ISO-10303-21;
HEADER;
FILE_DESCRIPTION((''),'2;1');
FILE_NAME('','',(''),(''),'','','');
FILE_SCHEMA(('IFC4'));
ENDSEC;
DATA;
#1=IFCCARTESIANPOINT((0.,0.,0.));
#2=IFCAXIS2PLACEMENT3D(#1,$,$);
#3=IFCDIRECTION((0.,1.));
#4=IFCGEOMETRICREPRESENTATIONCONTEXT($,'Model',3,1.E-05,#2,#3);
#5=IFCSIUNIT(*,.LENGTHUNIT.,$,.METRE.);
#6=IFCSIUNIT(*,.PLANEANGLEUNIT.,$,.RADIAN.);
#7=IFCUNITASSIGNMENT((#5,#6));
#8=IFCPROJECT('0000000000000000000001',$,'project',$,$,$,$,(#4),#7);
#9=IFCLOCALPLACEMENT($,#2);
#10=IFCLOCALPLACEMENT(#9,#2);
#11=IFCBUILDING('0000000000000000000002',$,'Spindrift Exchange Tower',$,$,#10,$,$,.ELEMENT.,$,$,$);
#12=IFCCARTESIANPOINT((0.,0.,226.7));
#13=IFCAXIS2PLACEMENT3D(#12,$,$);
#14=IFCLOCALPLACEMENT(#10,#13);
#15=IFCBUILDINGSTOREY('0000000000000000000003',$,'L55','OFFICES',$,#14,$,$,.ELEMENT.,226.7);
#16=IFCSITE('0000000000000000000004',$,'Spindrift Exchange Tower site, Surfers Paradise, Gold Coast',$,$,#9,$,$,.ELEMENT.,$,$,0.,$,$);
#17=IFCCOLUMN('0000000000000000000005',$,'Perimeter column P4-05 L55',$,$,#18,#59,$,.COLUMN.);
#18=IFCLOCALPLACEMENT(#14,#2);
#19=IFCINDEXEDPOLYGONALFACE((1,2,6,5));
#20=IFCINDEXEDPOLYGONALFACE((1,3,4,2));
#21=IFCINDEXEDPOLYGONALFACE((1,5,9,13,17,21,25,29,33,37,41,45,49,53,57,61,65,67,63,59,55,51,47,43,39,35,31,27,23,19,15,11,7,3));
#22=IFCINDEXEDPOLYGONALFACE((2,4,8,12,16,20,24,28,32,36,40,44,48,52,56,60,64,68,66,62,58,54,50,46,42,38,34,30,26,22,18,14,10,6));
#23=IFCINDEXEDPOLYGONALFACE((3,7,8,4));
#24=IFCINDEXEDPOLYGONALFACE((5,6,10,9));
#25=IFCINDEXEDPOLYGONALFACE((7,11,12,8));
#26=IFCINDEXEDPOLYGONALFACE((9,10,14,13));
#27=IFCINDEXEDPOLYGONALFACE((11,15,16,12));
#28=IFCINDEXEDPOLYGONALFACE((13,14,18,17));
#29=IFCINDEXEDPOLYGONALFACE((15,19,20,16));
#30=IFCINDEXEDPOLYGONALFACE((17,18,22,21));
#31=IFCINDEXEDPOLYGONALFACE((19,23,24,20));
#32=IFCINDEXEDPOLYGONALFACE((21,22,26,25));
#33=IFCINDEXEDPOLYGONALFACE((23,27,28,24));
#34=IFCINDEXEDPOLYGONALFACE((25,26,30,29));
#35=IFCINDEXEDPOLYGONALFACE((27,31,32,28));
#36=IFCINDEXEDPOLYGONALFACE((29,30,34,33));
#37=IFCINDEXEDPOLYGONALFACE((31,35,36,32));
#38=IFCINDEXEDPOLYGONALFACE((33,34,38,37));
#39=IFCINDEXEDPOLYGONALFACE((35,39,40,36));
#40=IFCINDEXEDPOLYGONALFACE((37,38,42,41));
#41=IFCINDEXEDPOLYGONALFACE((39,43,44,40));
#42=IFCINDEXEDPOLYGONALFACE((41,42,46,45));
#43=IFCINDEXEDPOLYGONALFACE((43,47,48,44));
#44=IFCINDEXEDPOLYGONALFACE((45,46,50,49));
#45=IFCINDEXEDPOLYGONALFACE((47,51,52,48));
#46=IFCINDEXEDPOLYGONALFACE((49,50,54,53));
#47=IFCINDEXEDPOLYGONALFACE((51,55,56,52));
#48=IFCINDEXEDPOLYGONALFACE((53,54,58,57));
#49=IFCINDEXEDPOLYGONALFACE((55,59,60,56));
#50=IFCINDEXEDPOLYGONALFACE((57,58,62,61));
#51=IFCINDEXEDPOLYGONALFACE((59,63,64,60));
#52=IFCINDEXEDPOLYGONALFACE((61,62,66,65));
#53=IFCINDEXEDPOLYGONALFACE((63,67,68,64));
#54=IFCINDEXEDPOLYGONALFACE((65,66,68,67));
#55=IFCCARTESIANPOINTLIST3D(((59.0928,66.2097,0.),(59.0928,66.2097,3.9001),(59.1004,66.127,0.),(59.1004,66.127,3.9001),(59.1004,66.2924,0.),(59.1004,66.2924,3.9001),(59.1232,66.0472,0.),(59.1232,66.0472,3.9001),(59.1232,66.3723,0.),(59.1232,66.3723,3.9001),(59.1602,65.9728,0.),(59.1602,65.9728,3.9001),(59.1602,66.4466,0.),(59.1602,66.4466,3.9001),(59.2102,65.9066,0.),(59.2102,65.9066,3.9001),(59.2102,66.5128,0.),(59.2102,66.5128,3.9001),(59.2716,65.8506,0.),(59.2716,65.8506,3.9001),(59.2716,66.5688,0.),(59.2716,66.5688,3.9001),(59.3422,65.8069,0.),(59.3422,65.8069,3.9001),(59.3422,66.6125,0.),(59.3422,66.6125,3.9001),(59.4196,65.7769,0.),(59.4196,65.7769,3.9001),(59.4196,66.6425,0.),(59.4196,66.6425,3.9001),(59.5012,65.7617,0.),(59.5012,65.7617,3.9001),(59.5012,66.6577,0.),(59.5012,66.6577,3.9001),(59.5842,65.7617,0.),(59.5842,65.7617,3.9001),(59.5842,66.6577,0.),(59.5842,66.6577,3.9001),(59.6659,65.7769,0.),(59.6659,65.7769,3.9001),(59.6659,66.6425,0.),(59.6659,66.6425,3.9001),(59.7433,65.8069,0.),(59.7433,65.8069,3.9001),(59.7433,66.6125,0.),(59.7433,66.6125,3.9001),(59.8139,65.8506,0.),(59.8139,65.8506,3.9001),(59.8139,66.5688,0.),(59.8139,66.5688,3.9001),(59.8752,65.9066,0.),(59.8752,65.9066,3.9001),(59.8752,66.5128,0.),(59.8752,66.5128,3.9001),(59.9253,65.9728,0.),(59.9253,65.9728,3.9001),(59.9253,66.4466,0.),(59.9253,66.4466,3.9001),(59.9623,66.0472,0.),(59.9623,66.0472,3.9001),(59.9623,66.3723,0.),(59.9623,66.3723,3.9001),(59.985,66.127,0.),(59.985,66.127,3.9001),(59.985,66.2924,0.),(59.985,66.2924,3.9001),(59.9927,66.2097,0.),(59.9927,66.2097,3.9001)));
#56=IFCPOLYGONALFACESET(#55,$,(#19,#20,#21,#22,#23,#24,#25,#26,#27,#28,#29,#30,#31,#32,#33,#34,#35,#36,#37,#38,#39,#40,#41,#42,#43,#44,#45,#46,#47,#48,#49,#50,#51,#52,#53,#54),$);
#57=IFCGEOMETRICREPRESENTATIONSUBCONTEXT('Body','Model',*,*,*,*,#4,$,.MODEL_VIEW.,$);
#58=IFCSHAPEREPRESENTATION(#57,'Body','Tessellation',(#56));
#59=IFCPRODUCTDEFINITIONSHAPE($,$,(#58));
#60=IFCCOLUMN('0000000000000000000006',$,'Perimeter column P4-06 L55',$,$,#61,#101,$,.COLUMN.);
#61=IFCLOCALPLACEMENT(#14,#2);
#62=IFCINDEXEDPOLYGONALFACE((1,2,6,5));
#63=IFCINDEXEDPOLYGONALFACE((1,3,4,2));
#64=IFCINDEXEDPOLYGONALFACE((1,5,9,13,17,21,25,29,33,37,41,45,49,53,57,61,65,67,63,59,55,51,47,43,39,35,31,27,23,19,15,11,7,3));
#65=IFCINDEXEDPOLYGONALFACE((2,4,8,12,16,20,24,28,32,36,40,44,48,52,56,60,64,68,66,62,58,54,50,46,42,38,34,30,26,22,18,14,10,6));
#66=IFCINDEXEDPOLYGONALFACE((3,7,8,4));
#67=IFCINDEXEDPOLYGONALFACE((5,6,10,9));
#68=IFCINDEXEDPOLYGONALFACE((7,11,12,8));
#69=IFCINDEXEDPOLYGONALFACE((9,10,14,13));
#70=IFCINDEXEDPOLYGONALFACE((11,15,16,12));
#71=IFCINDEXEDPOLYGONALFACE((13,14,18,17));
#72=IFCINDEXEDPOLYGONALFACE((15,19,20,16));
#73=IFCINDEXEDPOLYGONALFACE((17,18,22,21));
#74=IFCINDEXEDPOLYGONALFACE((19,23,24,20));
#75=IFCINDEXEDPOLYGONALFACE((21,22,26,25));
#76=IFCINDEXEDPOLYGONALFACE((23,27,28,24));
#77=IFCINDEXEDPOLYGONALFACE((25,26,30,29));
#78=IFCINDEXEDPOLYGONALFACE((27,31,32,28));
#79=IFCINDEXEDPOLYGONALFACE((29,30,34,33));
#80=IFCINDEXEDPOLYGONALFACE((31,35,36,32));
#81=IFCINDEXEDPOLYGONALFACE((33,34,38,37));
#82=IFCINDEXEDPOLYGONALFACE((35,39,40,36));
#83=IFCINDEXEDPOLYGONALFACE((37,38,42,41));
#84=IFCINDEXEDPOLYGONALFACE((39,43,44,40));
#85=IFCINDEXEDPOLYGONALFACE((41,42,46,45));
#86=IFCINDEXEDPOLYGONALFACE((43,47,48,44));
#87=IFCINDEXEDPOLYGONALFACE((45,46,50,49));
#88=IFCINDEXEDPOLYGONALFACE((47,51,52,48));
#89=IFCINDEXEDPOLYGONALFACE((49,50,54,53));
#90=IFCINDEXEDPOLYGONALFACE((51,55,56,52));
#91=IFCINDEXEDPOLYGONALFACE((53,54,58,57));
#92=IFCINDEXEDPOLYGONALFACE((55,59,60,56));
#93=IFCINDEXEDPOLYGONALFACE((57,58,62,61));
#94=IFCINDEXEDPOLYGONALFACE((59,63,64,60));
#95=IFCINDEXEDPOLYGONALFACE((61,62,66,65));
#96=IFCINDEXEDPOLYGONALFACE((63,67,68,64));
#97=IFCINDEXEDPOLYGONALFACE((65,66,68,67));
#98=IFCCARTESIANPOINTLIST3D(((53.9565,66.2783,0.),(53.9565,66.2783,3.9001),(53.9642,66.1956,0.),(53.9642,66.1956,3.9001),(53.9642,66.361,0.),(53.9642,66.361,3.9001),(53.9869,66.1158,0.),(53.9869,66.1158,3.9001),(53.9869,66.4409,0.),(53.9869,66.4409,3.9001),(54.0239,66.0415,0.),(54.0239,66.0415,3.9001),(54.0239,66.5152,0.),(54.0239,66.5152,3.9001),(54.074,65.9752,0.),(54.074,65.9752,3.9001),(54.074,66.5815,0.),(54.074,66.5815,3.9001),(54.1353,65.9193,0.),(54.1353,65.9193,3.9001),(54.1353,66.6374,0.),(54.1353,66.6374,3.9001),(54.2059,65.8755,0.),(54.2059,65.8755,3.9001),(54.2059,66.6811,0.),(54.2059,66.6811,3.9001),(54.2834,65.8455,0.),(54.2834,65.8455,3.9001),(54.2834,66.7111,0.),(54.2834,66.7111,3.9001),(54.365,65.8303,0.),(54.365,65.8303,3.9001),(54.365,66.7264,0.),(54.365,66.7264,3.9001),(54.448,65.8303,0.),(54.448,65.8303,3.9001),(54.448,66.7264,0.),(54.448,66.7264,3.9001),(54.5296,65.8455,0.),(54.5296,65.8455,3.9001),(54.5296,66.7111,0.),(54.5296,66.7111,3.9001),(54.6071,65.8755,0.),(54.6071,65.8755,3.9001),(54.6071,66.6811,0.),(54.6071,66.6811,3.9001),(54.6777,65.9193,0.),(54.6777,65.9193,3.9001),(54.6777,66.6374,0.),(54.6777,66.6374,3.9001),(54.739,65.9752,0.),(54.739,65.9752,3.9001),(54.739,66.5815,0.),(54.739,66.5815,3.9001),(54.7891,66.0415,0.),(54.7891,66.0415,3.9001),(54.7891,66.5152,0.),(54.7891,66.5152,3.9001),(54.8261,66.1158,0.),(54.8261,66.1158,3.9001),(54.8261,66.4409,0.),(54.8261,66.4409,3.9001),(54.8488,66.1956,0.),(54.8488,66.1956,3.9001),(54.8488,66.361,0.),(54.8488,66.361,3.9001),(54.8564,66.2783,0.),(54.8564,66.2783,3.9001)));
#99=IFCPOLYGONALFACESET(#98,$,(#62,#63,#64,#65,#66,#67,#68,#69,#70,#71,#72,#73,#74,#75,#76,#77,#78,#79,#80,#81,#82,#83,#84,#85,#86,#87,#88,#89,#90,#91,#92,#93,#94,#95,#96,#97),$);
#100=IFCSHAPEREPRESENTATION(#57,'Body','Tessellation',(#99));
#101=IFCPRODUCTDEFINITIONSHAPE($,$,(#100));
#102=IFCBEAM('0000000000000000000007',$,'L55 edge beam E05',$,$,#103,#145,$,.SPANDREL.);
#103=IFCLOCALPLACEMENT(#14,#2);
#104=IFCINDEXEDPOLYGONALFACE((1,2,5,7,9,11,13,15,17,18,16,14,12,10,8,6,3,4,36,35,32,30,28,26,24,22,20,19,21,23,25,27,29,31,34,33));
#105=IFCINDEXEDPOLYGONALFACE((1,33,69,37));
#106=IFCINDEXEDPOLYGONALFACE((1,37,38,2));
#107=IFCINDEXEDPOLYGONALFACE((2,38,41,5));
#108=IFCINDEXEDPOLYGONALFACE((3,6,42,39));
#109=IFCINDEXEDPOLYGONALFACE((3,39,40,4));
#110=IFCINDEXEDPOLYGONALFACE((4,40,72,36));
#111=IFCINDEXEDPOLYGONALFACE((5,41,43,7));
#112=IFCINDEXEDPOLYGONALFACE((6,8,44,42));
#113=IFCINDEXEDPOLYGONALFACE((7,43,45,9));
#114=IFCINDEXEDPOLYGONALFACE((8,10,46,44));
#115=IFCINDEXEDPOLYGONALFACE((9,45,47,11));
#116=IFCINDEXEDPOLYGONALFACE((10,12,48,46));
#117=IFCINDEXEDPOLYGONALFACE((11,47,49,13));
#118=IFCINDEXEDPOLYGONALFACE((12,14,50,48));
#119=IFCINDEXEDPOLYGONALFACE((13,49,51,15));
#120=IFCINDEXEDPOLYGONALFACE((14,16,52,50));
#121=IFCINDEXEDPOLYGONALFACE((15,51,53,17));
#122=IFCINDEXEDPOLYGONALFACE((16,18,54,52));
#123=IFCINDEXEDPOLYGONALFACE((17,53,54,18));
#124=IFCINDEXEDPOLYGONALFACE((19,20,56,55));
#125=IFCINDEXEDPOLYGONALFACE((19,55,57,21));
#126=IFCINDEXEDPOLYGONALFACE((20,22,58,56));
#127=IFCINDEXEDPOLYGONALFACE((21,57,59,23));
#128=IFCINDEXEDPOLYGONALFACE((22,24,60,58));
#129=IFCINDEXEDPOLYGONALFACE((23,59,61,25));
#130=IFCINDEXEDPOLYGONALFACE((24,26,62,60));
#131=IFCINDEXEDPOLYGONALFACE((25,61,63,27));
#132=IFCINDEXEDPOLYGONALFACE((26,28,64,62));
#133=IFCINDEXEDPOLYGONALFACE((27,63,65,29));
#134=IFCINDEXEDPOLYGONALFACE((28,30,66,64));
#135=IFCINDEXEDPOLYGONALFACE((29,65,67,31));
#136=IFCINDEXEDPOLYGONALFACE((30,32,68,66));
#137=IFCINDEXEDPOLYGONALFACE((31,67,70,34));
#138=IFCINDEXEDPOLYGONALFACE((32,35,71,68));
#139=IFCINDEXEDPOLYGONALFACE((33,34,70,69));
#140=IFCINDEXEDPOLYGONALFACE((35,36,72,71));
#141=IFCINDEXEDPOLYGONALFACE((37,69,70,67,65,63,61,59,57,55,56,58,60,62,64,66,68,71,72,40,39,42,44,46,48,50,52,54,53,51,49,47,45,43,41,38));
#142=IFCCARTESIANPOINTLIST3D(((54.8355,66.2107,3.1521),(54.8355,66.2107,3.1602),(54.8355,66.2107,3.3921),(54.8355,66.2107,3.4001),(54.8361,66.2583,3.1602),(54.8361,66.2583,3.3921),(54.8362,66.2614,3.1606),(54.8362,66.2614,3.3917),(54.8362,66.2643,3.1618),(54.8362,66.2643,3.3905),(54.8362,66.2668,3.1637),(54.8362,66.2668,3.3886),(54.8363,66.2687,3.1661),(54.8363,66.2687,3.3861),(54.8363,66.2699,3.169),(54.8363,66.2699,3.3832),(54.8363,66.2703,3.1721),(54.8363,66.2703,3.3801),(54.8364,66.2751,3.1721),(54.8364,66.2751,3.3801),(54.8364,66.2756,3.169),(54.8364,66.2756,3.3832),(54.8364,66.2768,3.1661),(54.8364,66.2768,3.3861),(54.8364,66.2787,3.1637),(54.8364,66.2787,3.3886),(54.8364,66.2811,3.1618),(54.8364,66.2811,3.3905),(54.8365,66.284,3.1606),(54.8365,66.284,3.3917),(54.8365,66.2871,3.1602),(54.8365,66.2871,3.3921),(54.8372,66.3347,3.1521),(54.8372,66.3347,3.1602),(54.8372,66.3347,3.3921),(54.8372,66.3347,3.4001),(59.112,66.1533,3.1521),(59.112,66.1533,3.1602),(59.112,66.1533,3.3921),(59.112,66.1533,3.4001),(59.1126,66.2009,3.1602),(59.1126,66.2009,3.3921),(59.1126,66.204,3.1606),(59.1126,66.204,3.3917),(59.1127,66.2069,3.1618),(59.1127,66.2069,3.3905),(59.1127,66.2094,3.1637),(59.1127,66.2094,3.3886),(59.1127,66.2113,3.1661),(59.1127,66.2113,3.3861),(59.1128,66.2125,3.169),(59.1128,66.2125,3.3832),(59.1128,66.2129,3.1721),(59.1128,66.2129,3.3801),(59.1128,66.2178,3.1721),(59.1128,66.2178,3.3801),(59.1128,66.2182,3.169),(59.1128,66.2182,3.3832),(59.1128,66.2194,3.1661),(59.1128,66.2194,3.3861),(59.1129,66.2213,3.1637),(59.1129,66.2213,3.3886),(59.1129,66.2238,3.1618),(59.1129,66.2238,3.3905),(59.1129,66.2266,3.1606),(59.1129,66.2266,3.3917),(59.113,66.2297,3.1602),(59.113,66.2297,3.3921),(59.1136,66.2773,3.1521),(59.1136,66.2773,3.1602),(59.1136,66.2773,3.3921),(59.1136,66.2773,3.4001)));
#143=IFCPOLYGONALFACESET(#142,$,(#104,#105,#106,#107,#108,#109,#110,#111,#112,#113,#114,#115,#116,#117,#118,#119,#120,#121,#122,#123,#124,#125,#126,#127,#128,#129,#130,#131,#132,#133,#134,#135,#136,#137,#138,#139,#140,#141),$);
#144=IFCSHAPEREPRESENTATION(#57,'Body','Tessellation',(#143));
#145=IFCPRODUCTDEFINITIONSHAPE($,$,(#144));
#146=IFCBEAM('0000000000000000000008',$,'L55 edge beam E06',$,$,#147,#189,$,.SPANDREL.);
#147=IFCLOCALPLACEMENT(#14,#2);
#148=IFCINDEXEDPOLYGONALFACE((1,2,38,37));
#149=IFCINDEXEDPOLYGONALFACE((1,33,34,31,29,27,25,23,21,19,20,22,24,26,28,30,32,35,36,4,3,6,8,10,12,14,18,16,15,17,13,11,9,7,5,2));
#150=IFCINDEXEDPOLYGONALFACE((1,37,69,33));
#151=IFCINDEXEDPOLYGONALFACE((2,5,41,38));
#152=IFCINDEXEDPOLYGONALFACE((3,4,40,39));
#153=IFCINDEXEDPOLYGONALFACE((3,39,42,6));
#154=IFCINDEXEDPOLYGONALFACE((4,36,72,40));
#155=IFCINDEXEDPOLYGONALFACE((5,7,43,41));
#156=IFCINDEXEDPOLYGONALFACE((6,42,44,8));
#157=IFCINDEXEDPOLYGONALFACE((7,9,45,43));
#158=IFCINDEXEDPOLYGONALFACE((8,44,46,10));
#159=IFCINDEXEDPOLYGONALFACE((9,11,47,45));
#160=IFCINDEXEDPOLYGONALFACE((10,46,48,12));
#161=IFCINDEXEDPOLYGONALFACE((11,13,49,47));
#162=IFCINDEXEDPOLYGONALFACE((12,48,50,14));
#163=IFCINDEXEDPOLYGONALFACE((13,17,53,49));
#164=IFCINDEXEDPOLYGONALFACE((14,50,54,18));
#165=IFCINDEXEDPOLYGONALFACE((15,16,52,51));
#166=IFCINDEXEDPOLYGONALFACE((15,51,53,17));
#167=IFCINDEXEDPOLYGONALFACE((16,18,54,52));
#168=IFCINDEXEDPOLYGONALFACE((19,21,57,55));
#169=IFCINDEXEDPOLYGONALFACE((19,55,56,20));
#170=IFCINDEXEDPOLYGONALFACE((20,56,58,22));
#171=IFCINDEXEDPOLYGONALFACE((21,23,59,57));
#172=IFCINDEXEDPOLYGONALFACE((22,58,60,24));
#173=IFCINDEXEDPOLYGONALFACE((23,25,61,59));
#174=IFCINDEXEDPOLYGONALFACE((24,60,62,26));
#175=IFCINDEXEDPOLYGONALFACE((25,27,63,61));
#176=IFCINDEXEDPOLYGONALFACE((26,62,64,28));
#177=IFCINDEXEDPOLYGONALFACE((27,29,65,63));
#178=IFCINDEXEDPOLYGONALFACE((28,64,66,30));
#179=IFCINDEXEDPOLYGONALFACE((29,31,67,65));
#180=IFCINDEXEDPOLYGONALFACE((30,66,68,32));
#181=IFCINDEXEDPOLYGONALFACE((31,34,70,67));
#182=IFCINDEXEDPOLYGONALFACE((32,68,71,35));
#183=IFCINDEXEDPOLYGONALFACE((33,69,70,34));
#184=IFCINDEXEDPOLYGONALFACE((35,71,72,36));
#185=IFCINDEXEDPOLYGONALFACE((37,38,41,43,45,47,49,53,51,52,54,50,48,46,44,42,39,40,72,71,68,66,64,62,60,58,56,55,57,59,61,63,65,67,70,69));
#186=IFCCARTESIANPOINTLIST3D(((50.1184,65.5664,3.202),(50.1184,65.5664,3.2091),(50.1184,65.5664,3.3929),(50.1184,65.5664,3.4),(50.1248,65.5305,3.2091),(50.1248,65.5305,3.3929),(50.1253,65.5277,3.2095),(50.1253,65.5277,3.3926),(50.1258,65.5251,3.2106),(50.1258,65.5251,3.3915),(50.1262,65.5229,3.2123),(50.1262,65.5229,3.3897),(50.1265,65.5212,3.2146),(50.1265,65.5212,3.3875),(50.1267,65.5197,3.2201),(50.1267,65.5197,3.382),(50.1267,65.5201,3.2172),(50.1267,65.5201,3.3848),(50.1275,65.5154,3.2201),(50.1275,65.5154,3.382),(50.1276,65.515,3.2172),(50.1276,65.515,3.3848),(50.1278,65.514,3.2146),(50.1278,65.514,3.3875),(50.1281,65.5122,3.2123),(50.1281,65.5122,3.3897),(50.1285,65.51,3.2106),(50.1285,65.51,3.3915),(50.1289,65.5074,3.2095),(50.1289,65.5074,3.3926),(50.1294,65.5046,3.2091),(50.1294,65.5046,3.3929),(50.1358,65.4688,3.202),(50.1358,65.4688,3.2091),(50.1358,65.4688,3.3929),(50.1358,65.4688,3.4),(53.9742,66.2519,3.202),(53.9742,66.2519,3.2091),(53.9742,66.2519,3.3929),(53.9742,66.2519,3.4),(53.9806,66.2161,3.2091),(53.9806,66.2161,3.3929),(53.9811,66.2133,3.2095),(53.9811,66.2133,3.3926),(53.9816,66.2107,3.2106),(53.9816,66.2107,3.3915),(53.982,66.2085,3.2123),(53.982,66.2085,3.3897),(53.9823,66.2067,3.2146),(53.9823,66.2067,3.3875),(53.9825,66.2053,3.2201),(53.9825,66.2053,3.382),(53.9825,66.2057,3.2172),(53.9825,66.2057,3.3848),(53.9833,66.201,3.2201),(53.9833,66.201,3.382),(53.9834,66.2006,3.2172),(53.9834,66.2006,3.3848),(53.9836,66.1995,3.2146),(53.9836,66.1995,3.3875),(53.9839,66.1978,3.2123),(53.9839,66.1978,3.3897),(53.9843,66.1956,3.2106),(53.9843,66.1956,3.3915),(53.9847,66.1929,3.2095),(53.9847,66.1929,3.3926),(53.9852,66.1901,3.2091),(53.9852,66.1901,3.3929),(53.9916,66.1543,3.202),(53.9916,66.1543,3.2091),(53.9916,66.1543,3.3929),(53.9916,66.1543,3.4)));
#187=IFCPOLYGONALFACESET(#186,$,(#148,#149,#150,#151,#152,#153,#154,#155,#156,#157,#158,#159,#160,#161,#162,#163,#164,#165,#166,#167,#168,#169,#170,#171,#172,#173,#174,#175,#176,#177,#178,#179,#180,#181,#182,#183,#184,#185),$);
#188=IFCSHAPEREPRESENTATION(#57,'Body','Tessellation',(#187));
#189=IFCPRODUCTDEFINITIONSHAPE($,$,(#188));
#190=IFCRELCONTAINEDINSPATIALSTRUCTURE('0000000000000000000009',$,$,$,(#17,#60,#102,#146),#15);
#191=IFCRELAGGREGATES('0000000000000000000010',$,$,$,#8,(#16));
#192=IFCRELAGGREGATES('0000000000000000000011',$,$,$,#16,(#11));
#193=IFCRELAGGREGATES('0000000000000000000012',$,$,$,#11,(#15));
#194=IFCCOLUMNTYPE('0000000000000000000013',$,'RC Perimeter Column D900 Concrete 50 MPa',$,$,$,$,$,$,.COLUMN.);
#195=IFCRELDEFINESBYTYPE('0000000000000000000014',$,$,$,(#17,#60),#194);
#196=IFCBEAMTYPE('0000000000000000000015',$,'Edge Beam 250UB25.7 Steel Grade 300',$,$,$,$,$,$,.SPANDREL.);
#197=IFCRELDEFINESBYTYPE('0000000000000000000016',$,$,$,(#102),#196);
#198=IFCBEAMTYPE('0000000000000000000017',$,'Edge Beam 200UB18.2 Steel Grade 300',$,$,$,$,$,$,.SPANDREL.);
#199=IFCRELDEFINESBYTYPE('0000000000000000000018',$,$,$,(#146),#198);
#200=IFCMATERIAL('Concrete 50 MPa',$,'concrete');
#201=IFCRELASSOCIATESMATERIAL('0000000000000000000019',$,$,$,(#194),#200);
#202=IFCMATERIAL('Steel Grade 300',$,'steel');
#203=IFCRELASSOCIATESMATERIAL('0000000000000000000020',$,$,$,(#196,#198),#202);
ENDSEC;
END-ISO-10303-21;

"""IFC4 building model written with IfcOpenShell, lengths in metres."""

from ifc_helpers import new_model, si_unit, direction, frame, origin, origin_2d, place, context, subcontext, project, spatial, circle, i_section, extrude, source, transform, mapped, material, material_profile, profile_set, type_object, element, save


model = new_model("IFC4")

# Units and contexts
model_context = context("Model", 3, precision=1e-05, world=origin(), true_north=direction((0.0, 1.0)))
body_context = subcontext(model_context, "Body", "Model", "MODEL_VIEW")
ifc_project = project(units=[si_unit("LENGTHUNIT", "METRE"), si_unit("PLANEANGLEUNIT", "RADIAN")], contexts=[model_context])

# Site, building, storey
site_placement = place(None, origin())
site = spatial("IfcSite", under=ifc_project, at=site_placement, Name="Spindrift Exchange Tower site, Surfers Paradise, Gold Coast", CompositionType="ELEMENT", RefElevation=0.0)
building_placement = place(site_placement, origin())
building = spatial("IfcBuilding", under=site, at=building_placement, Name="Spindrift Exchange Tower", CompositionType="ELEMENT")
storey_placement = place(building_placement, frame((0.0, 0.0, 226.7)))
storey = spatial("IfcBuildingStorey", under=building, at=storey_placement, Name="L55", Description="OFFICES", CompositionType="ELEMENT", Elevation=226.7)

# Columns
ifc_material_1 = material(Name="Concrete 50 MPa", Category="concrete")
ifc_material_profile_1 = material_profile(ifc_material_1, circle(Radius=0.45, at=origin_2d()), Name="RC D900")
ifc_profile_set_1 = profile_set([ifc_material_profile_1], Name="Concrete 50 MPa")
column_type = type_object("IfcColumnType", Name="RC Perimeter Column D900 Concrete 50 MPa", PredefinedType="COLUMN", material=ifc_profile_set_1)
shared_shape_1 = source(origin(), body_context, "Body", "SweptSolid", [
    extrude(circle(Radius=0.45, at=origin_2d()), origin(), (0.0, 0.0, 1.0), 3.9001),
])
for number, where, z_axis, x_axis, name in (
    (1, (59.5427, 66.2097, 0.0), (0.0, 0.0, 1.0), (1.0, 0.0, 0.0), "Perimeter column P4-05 L55"),
    (2, (54.4065, 66.2783, 0.0), (0.0, 0.0, 1.0), (1.0, 0.0, 0.0), "Perimeter column P4-06 L55"),
):
    element("IfcColumn", number, at=place(storey_placement, frame(where, z_axis=z_axis, x_axis=x_axis)), inside=storey, type_object=column_type, Name=name, PredefinedType="COLUMN", context=body_context, shape_type="MappedRepresentation", body=[
        mapped(shared_shape_1, transform((0.0, 0.0, 0.0), scale=1.0)),
    ])

# Beams
ifc_material_2 = material(Name="Steel Grade 300", Category="steel")
ifc_material_profile_2 = material_profile(ifc_material_2, i_section(OverallWidth=0.124, OverallDepth=0.248, WebThickness=0.0049, FlangeThickness=0.0081, FilletRadius=0.012, at=origin_2d()), Name="250UB25.7")
ifc_profile_set_2 = profile_set([ifc_material_profile_2], Name="Steel Grade 300")
beam_type_1 = type_object("IfcBeamType", Name="Edge Beam 250UB25.7 Steel Grade 300", PredefinedType="SPANDREL", material=ifc_profile_set_2)
shared_shape_2 = source(origin(), body_context, "Body", "SweptSolid", [
    extrude(i_section(OverallWidth=0.124, OverallDepth=0.248, WebThickness=0.0049, FlangeThickness=0.0081, FilletRadius=0.012, at=origin_2d()), origin(), (0.0, 0.0, 1.0), 4.2769),
])
beam_1_placement = place(storey_placement, frame((59.1128, 66.2153, 3.2761), z_axis=(-0.99991, 0.013415, 0.0), x_axis=(-0.013415, -0.99991, 0.0)))
element("IfcBeam", 3, at=beam_1_placement, inside=storey, type_object=beam_type_1, Name="L55 edge beam E05", PredefinedType="SPANDREL", context=body_context, shape_type="MappedRepresentation", body=[
    mapped(shared_shape_2, transform((0.0, 0.0, 0.0), scale=1.0)),
])
ifc_material_profile_3 = material_profile(ifc_material_2, i_section(OverallWidth=0.0991, OverallDepth=0.198, WebThickness=0.0044, FlangeThickness=0.0071, FilletRadius=0.011, at=origin_2d()), Name="200UB18.2")
ifc_profile_set_3 = profile_set([ifc_material_profile_3], Name="Steel Grade 300")
beam_type_2 = type_object("IfcBeamType", Name="Edge Beam 200UB18.2 Steel Grade 300", PredefinedType="SPANDREL", material=ifc_profile_set_3)
shared_shape_3 = source(origin(), body_context, "Body", "SweptSolid", [
    extrude(i_section(OverallWidth=0.0991, OverallDepth=0.198, WebThickness=0.0044, FlangeThickness=0.0071, FilletRadius=0.011, at=origin_2d()), origin(), (0.0, 0.0, 1.0), 3.9163),
])
beam_2_placement = place(storey_placement, frame((53.9829, 66.2031, 3.301), z_axis=(-0.984559, -0.175055, 0.0), x_axis=(0.175055, -0.984559, 0.0)))
element("IfcBeam", 4, at=beam_2_placement, inside=storey, type_object=beam_type_2, Name="L55 edge beam E06", PredefinedType="SPANDREL", context=body_context, shape_type="MappedRepresentation", body=[
    mapped(shared_shape_3, transform((0.0, 0.0, 0.0), scale=1.0)),
])

save(model, "model.ifc")
